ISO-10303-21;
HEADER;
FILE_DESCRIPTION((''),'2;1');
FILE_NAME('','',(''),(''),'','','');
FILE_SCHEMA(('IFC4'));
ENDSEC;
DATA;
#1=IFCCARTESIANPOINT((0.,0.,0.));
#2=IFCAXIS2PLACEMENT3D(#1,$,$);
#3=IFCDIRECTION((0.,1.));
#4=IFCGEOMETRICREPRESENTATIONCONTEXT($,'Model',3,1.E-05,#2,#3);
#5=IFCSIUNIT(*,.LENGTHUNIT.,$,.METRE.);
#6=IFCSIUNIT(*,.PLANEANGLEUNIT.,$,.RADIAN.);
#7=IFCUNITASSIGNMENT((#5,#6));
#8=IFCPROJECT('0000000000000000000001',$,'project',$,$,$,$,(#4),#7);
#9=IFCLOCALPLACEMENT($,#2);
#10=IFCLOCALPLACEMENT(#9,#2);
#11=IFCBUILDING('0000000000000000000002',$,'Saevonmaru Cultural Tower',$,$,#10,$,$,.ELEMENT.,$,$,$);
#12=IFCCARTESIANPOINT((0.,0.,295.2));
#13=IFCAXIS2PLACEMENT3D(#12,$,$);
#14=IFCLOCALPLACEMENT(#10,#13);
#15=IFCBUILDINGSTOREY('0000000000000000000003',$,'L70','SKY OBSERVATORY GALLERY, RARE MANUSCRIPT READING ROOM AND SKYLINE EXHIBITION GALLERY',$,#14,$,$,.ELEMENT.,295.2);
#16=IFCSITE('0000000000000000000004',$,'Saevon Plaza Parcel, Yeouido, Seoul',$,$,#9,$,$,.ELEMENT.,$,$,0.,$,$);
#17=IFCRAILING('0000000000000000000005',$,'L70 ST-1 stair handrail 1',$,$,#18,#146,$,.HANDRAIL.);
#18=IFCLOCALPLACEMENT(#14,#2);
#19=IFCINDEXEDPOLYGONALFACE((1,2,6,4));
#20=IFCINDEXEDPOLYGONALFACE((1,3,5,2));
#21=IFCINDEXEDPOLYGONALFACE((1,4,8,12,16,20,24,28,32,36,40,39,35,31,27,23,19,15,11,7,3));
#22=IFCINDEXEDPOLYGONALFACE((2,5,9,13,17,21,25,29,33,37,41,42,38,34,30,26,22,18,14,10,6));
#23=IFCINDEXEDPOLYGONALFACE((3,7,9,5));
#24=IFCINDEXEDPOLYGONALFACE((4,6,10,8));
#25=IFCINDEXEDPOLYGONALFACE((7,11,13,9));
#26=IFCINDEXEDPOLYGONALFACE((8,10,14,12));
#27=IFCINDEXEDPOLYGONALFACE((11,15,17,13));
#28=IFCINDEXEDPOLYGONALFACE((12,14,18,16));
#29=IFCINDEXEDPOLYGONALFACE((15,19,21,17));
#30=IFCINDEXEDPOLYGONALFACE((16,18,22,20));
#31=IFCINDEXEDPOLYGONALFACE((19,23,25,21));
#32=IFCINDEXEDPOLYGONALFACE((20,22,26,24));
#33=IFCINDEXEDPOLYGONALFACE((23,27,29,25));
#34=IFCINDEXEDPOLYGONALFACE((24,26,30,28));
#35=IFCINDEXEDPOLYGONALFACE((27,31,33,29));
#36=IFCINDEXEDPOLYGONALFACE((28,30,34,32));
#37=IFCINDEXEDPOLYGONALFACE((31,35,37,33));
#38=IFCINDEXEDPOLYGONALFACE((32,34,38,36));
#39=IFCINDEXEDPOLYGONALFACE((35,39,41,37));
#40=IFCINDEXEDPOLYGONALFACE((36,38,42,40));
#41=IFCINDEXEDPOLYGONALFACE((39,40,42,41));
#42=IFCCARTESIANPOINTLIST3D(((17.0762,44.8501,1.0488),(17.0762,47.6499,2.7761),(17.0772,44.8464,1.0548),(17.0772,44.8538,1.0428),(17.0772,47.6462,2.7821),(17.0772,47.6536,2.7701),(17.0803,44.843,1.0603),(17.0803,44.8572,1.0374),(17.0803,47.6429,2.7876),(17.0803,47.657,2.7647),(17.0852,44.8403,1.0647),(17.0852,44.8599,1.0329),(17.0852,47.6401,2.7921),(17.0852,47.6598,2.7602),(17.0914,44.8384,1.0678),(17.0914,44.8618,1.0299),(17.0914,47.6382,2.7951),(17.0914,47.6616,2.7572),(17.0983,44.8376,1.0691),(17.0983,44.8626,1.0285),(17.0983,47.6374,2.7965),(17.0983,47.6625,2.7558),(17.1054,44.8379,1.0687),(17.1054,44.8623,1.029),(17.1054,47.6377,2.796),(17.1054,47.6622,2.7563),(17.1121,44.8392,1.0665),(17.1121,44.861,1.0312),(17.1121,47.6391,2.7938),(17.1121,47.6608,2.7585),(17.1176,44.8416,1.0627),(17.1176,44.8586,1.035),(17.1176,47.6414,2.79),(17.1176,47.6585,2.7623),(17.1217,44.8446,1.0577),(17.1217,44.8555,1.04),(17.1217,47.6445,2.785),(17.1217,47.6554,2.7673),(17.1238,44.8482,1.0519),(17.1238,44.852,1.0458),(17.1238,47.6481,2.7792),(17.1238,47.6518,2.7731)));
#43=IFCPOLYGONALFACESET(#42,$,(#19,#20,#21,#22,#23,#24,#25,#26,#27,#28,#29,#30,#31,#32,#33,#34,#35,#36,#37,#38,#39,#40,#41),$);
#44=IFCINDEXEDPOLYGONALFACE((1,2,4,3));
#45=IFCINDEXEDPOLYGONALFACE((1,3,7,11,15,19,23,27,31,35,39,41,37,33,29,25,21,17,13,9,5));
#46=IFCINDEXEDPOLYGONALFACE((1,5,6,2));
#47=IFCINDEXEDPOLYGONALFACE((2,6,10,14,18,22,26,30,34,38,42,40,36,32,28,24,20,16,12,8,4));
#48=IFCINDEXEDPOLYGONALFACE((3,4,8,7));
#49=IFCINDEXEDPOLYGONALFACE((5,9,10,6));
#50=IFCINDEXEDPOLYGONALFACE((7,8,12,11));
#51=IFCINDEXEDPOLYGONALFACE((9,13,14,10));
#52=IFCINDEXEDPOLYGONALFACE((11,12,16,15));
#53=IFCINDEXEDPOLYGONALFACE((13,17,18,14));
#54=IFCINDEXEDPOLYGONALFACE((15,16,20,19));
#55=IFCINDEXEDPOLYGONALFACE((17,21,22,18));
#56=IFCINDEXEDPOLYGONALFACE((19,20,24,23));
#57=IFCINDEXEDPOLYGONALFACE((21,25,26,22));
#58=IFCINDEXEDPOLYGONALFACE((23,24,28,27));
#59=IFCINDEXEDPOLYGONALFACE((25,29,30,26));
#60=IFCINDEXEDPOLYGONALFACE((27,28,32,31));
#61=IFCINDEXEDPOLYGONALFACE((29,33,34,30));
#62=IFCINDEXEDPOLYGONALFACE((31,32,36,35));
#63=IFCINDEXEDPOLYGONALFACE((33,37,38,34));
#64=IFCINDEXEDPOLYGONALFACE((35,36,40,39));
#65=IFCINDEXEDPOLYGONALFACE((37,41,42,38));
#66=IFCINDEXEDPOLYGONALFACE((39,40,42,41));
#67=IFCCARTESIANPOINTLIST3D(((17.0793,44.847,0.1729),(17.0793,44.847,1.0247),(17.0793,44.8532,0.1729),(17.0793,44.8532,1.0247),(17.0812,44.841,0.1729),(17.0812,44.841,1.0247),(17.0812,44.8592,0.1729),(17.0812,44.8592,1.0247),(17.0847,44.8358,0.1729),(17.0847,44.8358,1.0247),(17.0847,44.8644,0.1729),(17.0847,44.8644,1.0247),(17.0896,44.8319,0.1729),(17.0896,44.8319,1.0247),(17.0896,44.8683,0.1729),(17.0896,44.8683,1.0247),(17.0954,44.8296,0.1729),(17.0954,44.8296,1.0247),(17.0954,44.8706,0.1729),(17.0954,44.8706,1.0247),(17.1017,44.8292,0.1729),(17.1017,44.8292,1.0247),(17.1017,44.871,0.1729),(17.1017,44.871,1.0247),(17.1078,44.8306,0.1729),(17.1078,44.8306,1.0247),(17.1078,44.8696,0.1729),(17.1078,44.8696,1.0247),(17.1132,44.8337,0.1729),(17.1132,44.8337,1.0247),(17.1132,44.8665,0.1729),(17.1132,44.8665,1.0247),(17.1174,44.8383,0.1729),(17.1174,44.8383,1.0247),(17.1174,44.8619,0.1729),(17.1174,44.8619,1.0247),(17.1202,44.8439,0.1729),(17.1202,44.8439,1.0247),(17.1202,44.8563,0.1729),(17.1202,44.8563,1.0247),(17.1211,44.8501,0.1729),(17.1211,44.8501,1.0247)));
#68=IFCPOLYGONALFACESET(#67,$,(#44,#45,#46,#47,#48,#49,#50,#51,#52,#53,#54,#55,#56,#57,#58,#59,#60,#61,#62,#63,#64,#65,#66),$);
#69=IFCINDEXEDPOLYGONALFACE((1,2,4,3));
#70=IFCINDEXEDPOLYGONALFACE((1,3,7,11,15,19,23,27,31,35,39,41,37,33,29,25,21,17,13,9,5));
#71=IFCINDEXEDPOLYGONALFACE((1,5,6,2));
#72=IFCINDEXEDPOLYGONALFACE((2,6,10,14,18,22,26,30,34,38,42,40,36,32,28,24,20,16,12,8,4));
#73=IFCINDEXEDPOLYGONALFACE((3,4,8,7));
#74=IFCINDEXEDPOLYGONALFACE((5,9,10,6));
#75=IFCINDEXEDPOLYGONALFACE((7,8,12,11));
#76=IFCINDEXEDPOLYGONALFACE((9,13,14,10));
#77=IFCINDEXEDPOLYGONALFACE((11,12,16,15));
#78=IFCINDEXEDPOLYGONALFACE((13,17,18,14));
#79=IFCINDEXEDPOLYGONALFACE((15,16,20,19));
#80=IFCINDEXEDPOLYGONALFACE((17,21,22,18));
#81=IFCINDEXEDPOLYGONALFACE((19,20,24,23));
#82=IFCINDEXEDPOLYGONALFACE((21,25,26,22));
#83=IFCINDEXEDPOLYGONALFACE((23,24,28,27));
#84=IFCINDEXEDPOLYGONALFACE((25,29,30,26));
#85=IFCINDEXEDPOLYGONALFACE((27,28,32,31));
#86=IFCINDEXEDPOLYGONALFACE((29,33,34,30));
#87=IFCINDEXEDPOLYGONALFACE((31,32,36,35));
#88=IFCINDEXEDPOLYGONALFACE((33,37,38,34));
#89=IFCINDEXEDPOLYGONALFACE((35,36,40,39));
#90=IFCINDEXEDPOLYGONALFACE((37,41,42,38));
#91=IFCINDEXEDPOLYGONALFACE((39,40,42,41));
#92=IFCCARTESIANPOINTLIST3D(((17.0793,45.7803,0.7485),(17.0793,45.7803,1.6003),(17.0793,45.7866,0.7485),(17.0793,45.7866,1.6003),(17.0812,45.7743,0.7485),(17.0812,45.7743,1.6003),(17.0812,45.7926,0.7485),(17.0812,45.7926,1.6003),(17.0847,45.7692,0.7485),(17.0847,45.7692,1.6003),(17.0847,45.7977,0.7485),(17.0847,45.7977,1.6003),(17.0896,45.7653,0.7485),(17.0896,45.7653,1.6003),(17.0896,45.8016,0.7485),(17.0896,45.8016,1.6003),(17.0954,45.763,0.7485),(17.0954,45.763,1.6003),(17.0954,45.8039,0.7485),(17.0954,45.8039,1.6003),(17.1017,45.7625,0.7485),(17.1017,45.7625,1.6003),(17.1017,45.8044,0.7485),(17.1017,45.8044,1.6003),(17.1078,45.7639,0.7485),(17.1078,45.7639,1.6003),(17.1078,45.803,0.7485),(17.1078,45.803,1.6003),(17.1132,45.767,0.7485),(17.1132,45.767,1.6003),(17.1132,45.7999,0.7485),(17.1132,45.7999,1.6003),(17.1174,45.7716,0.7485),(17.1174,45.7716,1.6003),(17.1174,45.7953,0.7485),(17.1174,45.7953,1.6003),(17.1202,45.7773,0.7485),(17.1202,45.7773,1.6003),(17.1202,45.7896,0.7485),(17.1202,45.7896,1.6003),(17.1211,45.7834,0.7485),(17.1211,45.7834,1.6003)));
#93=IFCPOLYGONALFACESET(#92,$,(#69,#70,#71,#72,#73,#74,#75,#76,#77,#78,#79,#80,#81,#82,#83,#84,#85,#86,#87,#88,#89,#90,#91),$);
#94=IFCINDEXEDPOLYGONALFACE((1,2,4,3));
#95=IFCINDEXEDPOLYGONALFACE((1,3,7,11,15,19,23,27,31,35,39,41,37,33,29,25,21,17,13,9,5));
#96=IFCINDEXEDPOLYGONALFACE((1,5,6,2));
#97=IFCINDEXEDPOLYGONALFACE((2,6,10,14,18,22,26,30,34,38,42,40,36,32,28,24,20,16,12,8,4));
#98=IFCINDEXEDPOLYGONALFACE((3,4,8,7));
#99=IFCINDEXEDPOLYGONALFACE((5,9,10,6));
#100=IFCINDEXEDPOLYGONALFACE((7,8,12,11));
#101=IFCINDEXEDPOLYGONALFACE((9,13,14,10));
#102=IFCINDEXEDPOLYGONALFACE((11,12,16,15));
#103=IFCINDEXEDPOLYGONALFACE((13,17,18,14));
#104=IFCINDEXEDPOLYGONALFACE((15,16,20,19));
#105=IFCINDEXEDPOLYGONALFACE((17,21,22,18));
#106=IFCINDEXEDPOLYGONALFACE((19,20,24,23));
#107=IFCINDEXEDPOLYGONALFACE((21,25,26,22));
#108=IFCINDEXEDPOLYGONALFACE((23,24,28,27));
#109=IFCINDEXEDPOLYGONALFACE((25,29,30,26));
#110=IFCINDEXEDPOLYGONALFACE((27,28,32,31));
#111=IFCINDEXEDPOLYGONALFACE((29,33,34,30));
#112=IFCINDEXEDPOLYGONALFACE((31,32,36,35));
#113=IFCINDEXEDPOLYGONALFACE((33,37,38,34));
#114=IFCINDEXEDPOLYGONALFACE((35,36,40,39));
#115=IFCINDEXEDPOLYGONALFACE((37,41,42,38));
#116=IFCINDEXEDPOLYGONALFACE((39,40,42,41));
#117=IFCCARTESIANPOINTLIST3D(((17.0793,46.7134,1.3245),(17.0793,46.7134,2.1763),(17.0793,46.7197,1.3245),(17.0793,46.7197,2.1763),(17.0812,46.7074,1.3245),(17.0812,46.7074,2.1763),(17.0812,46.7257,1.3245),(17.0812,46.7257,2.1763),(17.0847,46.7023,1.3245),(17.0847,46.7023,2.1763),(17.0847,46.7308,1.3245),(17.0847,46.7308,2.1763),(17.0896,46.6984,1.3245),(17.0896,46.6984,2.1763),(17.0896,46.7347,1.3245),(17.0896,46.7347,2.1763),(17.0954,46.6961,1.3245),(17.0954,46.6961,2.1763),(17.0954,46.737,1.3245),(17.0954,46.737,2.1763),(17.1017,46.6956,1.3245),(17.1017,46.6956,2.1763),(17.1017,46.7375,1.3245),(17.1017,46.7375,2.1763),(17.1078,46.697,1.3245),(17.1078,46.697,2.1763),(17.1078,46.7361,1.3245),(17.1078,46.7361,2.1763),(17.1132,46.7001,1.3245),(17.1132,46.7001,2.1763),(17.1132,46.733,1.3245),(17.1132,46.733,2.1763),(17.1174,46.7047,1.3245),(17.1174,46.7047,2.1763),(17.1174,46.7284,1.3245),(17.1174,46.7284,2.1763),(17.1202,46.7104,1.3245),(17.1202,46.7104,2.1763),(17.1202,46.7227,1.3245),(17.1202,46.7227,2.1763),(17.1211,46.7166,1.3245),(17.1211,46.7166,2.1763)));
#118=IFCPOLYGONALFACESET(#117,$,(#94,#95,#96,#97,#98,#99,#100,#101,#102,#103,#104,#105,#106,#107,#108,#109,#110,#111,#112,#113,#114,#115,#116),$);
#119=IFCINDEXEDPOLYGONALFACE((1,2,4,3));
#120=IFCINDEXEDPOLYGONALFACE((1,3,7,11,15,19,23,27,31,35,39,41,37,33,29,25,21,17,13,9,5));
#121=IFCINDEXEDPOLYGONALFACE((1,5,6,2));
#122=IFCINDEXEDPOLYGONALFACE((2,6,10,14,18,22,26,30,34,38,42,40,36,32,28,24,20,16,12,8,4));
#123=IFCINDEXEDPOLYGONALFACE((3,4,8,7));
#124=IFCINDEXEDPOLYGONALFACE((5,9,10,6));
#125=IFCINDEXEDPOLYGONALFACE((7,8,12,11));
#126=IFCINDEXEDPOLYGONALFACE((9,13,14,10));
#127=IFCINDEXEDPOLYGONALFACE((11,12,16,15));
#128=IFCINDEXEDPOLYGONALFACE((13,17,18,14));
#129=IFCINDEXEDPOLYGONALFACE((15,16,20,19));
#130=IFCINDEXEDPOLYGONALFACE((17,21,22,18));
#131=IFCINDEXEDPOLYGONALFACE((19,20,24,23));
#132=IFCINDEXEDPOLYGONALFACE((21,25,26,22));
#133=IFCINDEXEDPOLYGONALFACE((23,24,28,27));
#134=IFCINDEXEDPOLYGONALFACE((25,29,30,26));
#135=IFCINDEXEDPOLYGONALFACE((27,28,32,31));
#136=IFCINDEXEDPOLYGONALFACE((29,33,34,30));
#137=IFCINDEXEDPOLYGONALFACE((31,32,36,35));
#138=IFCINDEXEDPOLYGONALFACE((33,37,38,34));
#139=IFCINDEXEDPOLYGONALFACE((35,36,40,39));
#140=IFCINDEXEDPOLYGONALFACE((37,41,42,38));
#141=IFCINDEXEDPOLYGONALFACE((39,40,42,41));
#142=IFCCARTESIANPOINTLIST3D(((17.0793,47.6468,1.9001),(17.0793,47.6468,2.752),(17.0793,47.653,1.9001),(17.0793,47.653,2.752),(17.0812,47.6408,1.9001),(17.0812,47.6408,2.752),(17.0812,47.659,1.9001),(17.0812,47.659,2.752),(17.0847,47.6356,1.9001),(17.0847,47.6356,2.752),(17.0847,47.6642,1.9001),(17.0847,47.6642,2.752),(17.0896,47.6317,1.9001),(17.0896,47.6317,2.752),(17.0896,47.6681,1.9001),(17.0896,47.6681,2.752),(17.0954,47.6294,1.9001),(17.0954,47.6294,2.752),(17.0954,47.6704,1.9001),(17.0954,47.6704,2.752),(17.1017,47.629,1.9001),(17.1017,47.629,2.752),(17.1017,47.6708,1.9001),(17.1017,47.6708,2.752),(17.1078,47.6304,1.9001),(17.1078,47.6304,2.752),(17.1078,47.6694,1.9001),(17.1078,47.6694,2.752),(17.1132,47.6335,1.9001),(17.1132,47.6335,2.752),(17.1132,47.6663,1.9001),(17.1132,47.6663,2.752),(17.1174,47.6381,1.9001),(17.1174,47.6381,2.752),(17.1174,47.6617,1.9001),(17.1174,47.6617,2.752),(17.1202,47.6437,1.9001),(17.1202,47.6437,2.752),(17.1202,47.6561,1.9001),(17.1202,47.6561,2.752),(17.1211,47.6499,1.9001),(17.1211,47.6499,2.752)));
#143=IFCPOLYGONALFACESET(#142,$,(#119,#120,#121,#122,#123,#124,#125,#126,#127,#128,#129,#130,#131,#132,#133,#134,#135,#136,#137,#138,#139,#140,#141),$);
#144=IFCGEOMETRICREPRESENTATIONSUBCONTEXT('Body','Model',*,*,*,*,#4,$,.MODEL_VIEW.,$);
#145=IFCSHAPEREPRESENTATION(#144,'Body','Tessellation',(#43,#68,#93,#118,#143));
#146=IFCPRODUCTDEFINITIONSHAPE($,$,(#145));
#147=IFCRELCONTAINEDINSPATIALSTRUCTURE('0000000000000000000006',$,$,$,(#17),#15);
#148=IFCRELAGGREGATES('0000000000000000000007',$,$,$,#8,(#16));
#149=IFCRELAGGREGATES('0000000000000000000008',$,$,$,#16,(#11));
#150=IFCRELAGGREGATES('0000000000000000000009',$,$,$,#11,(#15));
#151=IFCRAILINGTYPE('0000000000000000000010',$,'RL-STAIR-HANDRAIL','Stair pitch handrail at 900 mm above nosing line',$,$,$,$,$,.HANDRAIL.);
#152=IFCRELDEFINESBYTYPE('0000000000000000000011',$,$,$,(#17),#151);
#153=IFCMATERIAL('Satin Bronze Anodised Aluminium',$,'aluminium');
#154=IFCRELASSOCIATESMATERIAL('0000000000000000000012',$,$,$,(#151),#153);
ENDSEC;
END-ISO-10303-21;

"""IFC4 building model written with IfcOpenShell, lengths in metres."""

from ifc_helpers import new_model, si_unit, direction, frame, origin, origin_2d, place, context, subcontext, project, spatial, circle, extrude, material, type_object, element, save


model = new_model("IFC4")

# Units and contexts
model_context = context("Model", 3, precision=1e-05, world=origin(), true_north=direction((0.0, 1.0)))
body_context = subcontext(model_context, "Body", "Model", "MODEL_VIEW")
ifc_project = project(units=[si_unit("LENGTHUNIT", "METRE"), si_unit("PLANEANGLEUNIT", "RADIAN")], contexts=[model_context])

# Site, building, storey
site_placement = place(None, origin())
site = spatial("IfcSite", under=ifc_project, at=site_placement, Name="Saevon Plaza Parcel, Yeouido, Seoul", CompositionType="ELEMENT", RefElevation=0.0)
building_placement = place(site_placement, origin())
building = spatial("IfcBuilding", under=site, at=building_placement, Name="Saevonmaru Cultural Tower", CompositionType="ELEMENT")
storey_placement = place(building_placement, frame((0.0, 0.0, 295.2)))
storey = spatial("IfcBuildingStorey", under=building, at=storey_placement, Name="L70", Description="SKY OBSERVATORY GALLERY, RARE MANUSCRIPT READING ROOM AND SKYLINE EXHIBITION GALLERY", CompositionType="ELEMENT", Elevation=295.2)

# Shared definitions
ifc_material_1 = material(Name="Satin Bronze Anodised Aluminium", Category="aluminium")

# Railing
railing_type_1 = type_object("IfcRailingType", Name="RL-STAIR-HANDRAIL", Description="Stair pitch handrail at 900 mm above nosing line", PredefinedType="HANDRAIL", material=ifc_material_1)
railing_1_placement = place(storey_placement, frame((17.1001, 44.8501, 0.1729)))
element("IfcRailing", 1, at=railing_1_placement, inside=storey, type_object=railing_type_1, Name="L70 ST-1 stair handrail 1", PredefinedType="HANDRAIL", context=body_context, shape_type="SweptSolid", body=[
    extrude(circle(Radius=0.0239, at=origin_2d()), frame((0.0, 0.0, 0.876), z_axis=(0.0, 0.851069, 0.525054), x_axis=(-1.0, 0.0, 0.0)), (0.0, 0.0, 1.0), 3.2898),
    extrude(circle(Radius=0.021, at=origin_2d()), origin(), (0.0, 0.0, 1.0), 0.8518),
    extrude(circle(Radius=0.021, at=origin_2d()), frame((0.0, 0.9333, 0.5757)), (0.0, 0.0, 1.0), 0.8518),
    extrude(circle(Radius=0.021, at=origin_2d()), frame((0.0, 1.8665, 1.1516)), (0.0, 0.0, 1.0), 0.8518),
    extrude(circle(Radius=0.021, at=origin_2d()), frame((0.0, 2.7998, 1.7273)), (0.0, 0.0, 1.0), 0.8518),
])

save(model, "model.ifc")
